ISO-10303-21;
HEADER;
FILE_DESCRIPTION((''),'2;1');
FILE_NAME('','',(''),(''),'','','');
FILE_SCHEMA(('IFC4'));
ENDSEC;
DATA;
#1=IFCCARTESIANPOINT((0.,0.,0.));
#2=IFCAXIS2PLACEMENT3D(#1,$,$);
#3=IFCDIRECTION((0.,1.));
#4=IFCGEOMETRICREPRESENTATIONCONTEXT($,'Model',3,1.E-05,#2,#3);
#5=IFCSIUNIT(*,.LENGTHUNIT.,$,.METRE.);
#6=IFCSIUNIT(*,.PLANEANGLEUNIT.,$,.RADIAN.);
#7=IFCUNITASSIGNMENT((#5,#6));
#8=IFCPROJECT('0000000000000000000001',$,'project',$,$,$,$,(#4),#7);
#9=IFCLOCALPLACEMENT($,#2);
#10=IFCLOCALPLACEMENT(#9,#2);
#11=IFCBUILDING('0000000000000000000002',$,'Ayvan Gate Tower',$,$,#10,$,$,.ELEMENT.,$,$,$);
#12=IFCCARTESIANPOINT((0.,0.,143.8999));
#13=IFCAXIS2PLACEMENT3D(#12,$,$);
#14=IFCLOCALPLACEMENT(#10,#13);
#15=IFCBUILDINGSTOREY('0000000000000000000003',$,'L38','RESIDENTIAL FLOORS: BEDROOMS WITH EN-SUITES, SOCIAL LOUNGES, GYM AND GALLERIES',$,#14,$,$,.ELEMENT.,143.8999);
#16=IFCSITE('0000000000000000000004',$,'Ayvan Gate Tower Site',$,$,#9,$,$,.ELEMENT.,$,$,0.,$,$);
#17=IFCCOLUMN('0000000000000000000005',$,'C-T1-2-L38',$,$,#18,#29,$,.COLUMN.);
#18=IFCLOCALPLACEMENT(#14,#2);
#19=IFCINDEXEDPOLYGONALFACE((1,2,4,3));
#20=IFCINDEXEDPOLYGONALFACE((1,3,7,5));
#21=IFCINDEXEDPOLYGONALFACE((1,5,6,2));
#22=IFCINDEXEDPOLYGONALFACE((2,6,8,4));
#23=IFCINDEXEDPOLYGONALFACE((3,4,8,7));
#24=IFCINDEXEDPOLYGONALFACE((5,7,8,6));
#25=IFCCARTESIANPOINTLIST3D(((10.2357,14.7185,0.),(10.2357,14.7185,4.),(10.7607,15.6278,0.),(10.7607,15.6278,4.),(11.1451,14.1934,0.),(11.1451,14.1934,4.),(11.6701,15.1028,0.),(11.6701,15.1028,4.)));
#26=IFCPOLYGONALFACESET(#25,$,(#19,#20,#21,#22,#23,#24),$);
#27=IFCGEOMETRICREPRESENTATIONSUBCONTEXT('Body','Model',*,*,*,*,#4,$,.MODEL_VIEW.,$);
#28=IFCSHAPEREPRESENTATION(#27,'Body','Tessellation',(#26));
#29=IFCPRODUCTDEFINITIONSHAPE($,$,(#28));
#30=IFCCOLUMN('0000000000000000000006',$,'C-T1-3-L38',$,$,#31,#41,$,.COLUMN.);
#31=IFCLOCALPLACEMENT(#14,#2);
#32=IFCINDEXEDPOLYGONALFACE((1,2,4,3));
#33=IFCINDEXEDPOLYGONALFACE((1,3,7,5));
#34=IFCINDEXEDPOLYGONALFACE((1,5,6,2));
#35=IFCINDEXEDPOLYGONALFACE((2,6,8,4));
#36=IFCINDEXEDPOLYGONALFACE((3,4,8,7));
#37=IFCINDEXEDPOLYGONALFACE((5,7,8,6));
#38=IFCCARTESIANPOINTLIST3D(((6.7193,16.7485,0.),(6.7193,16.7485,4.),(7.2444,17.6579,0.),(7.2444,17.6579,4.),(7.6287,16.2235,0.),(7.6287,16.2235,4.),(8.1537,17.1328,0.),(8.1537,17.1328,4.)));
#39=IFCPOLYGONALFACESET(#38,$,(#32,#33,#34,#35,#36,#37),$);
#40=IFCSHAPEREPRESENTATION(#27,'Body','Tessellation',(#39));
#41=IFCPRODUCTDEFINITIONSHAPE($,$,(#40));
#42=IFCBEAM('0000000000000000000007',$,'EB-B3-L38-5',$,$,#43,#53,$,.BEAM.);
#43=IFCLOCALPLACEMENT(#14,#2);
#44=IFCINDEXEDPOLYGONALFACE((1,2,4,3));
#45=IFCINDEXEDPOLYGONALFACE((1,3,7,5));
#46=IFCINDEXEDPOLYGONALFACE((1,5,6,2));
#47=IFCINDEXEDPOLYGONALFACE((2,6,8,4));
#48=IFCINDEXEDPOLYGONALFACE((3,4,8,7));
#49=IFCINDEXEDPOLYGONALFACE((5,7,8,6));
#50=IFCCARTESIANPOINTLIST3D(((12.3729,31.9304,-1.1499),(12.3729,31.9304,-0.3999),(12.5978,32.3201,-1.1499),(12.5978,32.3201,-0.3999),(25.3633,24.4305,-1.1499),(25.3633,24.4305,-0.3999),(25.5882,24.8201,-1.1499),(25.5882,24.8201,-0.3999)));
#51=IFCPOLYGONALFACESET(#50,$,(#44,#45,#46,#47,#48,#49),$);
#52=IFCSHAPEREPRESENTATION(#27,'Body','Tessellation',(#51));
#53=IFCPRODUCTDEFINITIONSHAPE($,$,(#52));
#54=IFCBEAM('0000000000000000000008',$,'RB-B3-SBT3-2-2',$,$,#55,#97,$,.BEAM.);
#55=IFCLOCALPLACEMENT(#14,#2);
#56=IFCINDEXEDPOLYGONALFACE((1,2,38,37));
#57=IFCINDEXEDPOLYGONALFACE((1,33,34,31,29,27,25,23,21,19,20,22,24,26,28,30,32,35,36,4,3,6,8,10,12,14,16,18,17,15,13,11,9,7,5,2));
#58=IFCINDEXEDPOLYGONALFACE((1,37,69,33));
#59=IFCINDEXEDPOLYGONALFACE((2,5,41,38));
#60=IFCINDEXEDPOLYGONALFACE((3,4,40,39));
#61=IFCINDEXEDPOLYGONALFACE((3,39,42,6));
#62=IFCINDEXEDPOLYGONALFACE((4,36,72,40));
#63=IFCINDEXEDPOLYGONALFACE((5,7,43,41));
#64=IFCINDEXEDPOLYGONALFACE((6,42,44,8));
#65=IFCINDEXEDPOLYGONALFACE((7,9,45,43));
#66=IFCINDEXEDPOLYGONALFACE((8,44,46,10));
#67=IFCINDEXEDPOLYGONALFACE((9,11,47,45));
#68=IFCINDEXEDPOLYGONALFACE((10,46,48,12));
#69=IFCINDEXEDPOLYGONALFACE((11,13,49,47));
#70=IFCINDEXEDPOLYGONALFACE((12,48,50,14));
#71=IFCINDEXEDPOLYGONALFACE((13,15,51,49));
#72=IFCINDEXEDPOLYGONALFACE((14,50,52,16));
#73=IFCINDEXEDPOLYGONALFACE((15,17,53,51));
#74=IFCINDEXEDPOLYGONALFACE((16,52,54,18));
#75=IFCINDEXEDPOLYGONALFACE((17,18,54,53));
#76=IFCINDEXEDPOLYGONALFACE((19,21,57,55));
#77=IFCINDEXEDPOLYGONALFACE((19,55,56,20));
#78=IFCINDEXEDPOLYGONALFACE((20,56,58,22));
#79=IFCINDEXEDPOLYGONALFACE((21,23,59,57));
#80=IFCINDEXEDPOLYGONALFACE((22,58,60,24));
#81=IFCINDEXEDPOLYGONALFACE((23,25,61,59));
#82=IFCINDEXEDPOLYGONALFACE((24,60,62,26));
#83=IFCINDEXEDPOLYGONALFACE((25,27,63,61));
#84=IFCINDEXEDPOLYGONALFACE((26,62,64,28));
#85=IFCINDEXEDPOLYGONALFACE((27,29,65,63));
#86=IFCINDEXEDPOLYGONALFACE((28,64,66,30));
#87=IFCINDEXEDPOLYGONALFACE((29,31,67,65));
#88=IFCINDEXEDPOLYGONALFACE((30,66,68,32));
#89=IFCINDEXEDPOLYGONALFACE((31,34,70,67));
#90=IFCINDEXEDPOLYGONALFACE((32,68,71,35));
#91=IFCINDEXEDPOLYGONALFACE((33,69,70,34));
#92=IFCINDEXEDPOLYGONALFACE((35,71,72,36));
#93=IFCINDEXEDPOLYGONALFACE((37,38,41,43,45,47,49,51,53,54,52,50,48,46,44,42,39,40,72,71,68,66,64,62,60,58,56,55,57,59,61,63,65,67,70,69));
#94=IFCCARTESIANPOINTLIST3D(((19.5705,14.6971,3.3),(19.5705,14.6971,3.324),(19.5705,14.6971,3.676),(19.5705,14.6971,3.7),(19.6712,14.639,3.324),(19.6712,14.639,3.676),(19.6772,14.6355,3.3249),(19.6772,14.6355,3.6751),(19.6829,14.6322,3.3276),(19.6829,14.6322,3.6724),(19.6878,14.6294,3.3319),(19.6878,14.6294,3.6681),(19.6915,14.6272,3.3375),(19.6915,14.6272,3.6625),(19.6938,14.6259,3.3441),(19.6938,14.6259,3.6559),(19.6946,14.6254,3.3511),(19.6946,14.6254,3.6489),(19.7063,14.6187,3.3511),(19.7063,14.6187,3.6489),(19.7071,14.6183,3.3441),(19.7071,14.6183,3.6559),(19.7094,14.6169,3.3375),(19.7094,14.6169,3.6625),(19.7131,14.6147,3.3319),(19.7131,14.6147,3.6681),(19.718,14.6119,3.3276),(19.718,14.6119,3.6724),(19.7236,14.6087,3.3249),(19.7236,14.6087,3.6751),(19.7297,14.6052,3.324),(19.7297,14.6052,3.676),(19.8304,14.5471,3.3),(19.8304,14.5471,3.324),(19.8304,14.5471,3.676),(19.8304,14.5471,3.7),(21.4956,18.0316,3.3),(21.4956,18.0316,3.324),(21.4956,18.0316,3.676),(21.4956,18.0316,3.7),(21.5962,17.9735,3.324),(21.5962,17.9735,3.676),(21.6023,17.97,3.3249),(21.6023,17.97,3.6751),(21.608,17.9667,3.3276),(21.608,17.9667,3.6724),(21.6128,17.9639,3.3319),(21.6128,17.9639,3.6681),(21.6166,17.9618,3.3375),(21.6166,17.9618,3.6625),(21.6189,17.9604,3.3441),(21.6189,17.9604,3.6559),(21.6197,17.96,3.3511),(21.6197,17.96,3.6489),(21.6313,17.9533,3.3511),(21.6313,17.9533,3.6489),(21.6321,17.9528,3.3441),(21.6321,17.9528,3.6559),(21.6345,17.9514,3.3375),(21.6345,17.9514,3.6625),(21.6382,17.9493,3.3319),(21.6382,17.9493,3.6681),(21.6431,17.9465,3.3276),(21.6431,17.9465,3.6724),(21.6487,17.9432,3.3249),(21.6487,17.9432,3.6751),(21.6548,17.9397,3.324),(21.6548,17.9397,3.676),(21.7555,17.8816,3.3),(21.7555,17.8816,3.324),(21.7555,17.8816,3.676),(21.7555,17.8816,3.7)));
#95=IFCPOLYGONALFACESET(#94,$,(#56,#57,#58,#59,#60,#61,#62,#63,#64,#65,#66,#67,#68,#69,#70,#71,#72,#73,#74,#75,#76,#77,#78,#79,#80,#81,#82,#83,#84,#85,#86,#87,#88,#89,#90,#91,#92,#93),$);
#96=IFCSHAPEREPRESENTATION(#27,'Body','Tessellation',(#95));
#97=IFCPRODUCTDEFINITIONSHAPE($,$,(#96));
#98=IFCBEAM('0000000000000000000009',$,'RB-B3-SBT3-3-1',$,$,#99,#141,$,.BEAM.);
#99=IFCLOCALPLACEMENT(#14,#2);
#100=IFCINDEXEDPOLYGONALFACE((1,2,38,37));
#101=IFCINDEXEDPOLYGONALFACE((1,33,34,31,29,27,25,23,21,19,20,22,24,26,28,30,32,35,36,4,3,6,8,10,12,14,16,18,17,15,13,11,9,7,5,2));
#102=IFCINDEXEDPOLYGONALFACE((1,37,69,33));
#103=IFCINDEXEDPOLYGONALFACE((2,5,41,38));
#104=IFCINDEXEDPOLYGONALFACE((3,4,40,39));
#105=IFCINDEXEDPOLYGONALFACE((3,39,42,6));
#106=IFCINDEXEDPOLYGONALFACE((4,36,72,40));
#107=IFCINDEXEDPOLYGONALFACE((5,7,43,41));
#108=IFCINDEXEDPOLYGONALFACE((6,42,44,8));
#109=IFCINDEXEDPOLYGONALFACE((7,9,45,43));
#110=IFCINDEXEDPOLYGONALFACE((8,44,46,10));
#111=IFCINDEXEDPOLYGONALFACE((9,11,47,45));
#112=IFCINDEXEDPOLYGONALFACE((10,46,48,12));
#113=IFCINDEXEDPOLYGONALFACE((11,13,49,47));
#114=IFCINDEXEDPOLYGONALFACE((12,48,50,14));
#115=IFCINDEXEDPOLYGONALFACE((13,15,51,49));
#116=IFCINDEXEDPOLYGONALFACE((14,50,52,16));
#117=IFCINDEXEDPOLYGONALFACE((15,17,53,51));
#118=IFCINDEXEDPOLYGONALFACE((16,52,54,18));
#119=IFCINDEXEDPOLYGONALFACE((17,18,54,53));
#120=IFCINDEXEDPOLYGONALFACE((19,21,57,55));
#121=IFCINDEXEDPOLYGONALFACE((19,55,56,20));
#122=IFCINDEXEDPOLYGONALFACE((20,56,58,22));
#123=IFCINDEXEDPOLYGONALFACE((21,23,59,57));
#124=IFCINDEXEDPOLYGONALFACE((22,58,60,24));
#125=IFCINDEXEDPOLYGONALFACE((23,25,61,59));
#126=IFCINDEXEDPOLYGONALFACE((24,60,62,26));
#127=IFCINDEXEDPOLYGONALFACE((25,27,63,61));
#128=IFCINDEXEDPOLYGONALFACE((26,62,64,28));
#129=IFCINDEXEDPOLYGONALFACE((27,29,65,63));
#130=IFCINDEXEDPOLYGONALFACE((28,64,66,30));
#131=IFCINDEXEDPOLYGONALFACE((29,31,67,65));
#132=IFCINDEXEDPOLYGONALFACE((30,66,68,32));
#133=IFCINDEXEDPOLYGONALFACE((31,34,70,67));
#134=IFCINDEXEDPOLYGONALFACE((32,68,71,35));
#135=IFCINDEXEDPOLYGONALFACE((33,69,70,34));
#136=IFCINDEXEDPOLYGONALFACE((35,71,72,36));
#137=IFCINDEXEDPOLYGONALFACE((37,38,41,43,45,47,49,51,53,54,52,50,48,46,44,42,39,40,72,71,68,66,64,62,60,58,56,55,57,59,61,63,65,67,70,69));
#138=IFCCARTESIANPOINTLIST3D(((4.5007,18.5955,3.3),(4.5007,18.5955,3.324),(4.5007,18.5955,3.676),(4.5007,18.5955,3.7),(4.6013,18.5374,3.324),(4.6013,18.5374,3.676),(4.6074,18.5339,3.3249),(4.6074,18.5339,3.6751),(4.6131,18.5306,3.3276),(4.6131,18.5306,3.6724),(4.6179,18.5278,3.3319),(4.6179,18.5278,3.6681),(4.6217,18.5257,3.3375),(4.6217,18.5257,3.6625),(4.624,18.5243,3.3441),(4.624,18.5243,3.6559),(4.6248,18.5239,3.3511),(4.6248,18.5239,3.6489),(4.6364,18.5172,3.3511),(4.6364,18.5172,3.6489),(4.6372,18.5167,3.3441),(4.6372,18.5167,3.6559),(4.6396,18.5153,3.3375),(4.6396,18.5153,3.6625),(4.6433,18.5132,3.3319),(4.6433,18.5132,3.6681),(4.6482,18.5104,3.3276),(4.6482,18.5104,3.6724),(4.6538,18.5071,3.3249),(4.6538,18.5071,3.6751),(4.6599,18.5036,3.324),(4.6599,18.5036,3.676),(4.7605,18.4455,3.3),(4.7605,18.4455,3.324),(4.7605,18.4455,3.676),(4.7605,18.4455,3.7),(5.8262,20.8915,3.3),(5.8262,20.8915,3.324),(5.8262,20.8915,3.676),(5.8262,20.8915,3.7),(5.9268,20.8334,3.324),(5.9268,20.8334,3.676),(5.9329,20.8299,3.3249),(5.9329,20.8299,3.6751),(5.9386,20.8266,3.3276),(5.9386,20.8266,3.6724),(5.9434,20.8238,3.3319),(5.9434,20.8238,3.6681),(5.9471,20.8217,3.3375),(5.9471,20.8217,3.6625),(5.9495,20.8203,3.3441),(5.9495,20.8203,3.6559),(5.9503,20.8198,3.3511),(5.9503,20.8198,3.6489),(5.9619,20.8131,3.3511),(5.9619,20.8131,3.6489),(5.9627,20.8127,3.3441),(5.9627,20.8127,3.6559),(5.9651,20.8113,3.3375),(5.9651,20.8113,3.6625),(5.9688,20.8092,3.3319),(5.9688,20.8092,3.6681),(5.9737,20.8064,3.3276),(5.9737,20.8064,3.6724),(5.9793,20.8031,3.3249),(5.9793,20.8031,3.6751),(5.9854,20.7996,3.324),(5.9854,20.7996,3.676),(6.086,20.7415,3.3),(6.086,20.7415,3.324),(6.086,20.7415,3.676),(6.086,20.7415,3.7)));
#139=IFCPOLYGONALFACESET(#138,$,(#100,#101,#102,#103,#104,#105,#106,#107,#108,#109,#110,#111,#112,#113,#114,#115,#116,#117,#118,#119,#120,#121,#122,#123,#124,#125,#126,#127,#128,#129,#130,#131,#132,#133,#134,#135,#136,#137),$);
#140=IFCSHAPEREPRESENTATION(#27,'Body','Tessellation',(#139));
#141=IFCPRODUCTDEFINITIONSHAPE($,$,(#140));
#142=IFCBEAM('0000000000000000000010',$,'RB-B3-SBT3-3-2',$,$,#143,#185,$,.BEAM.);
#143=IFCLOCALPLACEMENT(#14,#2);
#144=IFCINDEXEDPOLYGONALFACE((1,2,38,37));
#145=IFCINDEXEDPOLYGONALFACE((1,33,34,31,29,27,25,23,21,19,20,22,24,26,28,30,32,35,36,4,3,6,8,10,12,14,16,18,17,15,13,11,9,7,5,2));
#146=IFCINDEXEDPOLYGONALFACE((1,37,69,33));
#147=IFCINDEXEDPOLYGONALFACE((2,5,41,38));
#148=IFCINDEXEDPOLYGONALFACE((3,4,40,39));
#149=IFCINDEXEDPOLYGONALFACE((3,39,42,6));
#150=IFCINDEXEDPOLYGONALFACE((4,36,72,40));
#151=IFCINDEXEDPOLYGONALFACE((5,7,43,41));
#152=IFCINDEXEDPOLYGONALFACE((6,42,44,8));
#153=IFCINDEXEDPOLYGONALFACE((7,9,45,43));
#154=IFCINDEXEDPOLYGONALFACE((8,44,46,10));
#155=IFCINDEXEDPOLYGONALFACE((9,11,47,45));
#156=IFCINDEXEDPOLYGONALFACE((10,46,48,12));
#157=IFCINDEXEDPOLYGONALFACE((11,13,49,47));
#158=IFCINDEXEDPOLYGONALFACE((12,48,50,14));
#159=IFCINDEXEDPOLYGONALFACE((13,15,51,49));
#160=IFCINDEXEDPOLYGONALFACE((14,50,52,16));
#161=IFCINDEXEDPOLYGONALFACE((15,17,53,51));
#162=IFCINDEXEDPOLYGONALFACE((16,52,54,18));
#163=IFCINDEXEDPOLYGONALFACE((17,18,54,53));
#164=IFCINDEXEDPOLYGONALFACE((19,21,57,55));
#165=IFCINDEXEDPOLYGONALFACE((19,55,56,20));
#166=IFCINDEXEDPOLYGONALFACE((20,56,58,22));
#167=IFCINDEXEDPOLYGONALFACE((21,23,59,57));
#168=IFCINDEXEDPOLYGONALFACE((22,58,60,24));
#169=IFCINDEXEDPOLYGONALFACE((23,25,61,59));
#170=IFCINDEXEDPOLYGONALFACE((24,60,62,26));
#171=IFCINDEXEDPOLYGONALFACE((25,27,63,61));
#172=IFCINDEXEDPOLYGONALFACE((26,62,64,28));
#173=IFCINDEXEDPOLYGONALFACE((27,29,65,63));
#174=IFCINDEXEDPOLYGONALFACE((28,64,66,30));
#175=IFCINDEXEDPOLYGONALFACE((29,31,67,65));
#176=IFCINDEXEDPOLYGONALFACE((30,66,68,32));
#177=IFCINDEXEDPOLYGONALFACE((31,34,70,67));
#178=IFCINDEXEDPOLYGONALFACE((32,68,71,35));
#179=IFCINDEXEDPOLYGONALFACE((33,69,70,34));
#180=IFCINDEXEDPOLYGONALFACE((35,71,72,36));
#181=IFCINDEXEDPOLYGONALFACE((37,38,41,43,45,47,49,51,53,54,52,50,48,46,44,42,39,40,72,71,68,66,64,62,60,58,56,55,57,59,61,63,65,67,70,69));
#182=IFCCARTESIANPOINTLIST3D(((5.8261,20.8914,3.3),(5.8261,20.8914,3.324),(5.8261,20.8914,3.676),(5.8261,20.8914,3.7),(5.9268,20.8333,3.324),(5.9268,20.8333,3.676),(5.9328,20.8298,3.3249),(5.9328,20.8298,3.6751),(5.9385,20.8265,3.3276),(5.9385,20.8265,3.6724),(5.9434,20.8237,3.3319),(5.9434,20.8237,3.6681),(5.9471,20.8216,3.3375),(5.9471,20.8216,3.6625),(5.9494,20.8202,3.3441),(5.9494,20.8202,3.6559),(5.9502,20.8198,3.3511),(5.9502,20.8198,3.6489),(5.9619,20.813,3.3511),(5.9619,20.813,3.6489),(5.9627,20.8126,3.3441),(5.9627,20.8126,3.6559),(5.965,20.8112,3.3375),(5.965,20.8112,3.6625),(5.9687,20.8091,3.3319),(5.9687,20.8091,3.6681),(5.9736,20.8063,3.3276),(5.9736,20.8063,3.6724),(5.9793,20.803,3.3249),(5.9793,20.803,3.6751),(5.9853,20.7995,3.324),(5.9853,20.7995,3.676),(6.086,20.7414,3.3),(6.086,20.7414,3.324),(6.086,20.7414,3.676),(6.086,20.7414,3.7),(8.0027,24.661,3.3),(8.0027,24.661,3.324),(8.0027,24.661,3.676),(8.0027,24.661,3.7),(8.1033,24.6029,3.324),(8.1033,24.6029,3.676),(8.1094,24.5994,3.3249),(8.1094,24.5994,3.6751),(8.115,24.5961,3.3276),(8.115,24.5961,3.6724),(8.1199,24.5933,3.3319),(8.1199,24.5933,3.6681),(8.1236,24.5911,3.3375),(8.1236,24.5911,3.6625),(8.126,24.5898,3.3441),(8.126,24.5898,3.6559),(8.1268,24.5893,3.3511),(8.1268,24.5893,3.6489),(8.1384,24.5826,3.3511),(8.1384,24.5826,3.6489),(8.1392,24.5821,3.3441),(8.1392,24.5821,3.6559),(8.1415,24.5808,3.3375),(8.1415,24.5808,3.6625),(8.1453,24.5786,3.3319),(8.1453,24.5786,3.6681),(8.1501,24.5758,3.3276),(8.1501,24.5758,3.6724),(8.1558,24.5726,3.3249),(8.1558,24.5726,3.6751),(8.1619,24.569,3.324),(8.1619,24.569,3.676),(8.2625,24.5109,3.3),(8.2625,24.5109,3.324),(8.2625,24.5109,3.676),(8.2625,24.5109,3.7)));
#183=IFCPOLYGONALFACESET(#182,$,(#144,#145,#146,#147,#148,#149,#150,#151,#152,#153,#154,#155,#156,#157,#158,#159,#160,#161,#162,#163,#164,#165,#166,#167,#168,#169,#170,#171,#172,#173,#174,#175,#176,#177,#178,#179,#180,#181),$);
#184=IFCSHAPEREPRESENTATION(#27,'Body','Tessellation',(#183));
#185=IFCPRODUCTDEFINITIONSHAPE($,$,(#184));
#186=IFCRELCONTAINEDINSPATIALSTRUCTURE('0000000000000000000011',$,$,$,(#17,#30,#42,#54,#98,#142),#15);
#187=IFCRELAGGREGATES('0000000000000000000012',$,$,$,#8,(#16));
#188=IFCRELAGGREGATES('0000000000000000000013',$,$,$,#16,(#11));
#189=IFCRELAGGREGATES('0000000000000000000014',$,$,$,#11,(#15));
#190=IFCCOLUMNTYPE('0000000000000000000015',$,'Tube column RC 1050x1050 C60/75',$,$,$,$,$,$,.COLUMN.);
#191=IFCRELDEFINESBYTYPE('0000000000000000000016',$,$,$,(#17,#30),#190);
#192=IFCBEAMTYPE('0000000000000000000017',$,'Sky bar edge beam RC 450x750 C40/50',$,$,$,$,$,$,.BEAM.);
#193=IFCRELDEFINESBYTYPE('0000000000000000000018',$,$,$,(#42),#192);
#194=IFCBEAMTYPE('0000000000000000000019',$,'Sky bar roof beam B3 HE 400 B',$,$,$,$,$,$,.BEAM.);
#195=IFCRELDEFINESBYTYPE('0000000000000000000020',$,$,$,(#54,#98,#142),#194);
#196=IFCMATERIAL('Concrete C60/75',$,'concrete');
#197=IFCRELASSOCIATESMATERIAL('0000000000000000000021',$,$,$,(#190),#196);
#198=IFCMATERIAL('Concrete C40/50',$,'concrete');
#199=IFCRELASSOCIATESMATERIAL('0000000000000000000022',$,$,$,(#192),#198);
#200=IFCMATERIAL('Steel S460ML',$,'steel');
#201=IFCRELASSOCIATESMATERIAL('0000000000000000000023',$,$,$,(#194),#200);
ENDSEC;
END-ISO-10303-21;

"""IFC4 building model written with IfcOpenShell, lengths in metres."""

from ifc_helpers import new_model, si_unit, direction, frame, origin, origin_2d, place, context, subcontext, project, spatial, rectangle, i_section, extrude, material, material_profile, profile_set, type_object, element, save


model = new_model("IFC4")

# Units and contexts
model_context = context("Model", 3, precision=1e-05, world=origin(), true_north=direction((0.0, 1.0)))
body_context = subcontext(model_context, "Body", "Model", "MODEL_VIEW")
ifc_project = project(units=[si_unit("LENGTHUNIT", "METRE"), si_unit("PLANEANGLEUNIT", "RADIAN")], contexts=[model_context])

# Site, building, storey
site_placement = place(None, origin())
site = spatial("IfcSite", under=ifc_project, at=site_placement, Name="Ayvan Gate Tower Site", CompositionType="ELEMENT", RefElevation=0.0)
building_placement = place(site_placement, origin())
building = spatial("IfcBuilding", under=site, at=building_placement, Name="Ayvan Gate Tower", CompositionType="ELEMENT")
storey_placement = place(building_placement, frame((0.0, 0.0, 143.8999)))
storey = spatial("IfcBuildingStorey", under=building, at=storey_placement, Name="L38", Description="RESIDENTIAL FLOORS: BEDROOMS WITH EN-SUITES, SOCIAL LOUNGES, GYM AND GALLERIES", CompositionType="ELEMENT", Elevation=143.8999)

# Columns
ifc_material_1 = material(Name="Concrete C60/75", Category="concrete")
ifc_material_profile_1 = material_profile(ifc_material_1, rectangle(XDim=1.05, YDim=1.05, at=origin_2d()), Name="RC 1050x1050")
ifc_profile_set_1 = profile_set([ifc_material_profile_1], Name="Concrete C60/75")
column_type = type_object("IfcColumnType", Name="Tube column RC 1050x1050 C60/75", PredefinedType="COLUMN", material=ifc_profile_set_1)
for number, where, z_axis, x_axis, name in (
    (1, (10.9529, 14.9106, 0.0), (0.0, 0.0, 1.0), (0.5, 0.866025, 0.0), "C-T1-2-L38"),
    (2, (7.4365, 16.9407, 0.0), (0.0, 0.0, 1.0), (0.5, 0.866025, 0.0), "C-T1-3-L38"),
):
    element("IfcColumn", number, at=place(storey_placement, frame(where, z_axis=z_axis, x_axis=x_axis)), inside=storey, type_object=column_type, Name=name, PredefinedType="COLUMN", context=body_context, shape_type="SweptSolid", body=[
        extrude(rectangle(XDim=1.05, YDim=1.05, at=origin_2d()), origin(), (0.0, 0.0, 1.0), 4.0),
    ])

# Beams
ifc_material_2 = material(Name="Concrete C40/50", Category="concrete")
ifc_material_profile_2 = material_profile(ifc_material_2, rectangle(XDim=0.45, YDim=0.75, at=origin_2d()), Name="RC 450x750")
ifc_profile_set_2 = profile_set([ifc_material_profile_2], Name="Concrete C40/50")
beam_type_1 = type_object("IfcBeamType", Name="Sky bar edge beam RC 450x750 C40/50", PredefinedType="BEAM", material=ifc_profile_set_2)
beam_1_placement = place(storey_placement, frame((12.4854, 32.1252, -0.7749), z_axis=(0.866027, -0.499997, 0.0), x_axis=(0.499997, 0.866027, 0.0)))
element("IfcBeam", 3, at=beam_1_placement, inside=storey, type_object=beam_type_1, Name="EB-B3-L38-5", PredefinedType="BEAM", context=body_context, shape_type="SweptSolid", body=[
    extrude(rectangle(XDim=0.45, YDim=0.75, at=origin_2d()), origin(), (0.0, 0.0, 1.0), 15.0),
])
ifc_material_3 = material(Name="Steel S460ML", Category="steel")
ifc_material_profile_3 = material_profile(ifc_material_3, i_section(OverallWidth=0.3, OverallDepth=0.3999, WebThickness=0.0134, FlangeThickness=0.0239, FilletRadius=0.0271, at=origin_2d()), Name="HE 400 B")
ifc_profile_set_3 = profile_set([ifc_material_profile_3], Name="Steel S460ML")
beam_type_2 = type_object("IfcBeamType", Name="Sky bar roof beam B3 HE 400 B", PredefinedType="BEAM", material=ifc_profile_set_3)
beam_2_placement = place(storey_placement, frame((19.7004, 14.6221, 3.5), z_axis=(0.499979, 0.866038, 0.0), x_axis=(-0.866038, 0.499979, 0.0)))
element("IfcBeam", 4, at=beam_2_placement, inside=storey, type_object=beam_type_2, Name="RB-B3-SBT3-2-2", PredefinedType="BEAM", context=body_context, shape_type="SweptSolid", body=[
    extrude(i_section(OverallWidth=0.3, OverallDepth=0.3999, WebThickness=0.0134, FlangeThickness=0.0239, FilletRadius=0.0271, at=origin_2d()), origin(), (0.0, 0.0, 1.0), 3.8503),
])
beam_3_placement = place(storey_placement, frame((4.6306, 18.5205, 3.5), z_axis=(0.499972, 0.866041, 0.0), x_axis=(-0.866041, 0.499972, 0.0)))
element("IfcBeam", 5, at=beam_3_placement, inside=storey, type_object=beam_type_2, Name="RB-B3-SBT3-3-1", PredefinedType="BEAM", context=body_context, shape_type="SweptSolid", body=[
    extrude(i_section(OverallWidth=0.3, OverallDepth=0.3999, WebThickness=0.0134, FlangeThickness=0.0239, FilletRadius=0.0271, at=origin_2d()), origin(), (0.0, 0.0, 1.0), 2.6511),
])
for number, where, z_axis, x_axis, name in (
    (6, (5.9561, 20.8164, 3.5), (0.50003, 0.866008, 0.0), (-0.866008, 0.50003, 0.0), "RB-B3-SBT3-3-2"),
):
    element("IfcBeam", number, at=place(storey_placement, frame(where, z_axis=z_axis, x_axis=x_axis)), inside=storey, type_object=beam_type_2, Name=name, PredefinedType="BEAM", context=body_context, shape_type="SweptSolid", body=[
        extrude(i_section(OverallWidth=0.3, OverallDepth=0.3999, WebThickness=0.0134, FlangeThickness=0.0239, FilletRadius=0.0271, at=origin_2d()), origin(), (0.0, 0.0, 1.0), 4.3528),
    ])

save(model, "model.ifc")
